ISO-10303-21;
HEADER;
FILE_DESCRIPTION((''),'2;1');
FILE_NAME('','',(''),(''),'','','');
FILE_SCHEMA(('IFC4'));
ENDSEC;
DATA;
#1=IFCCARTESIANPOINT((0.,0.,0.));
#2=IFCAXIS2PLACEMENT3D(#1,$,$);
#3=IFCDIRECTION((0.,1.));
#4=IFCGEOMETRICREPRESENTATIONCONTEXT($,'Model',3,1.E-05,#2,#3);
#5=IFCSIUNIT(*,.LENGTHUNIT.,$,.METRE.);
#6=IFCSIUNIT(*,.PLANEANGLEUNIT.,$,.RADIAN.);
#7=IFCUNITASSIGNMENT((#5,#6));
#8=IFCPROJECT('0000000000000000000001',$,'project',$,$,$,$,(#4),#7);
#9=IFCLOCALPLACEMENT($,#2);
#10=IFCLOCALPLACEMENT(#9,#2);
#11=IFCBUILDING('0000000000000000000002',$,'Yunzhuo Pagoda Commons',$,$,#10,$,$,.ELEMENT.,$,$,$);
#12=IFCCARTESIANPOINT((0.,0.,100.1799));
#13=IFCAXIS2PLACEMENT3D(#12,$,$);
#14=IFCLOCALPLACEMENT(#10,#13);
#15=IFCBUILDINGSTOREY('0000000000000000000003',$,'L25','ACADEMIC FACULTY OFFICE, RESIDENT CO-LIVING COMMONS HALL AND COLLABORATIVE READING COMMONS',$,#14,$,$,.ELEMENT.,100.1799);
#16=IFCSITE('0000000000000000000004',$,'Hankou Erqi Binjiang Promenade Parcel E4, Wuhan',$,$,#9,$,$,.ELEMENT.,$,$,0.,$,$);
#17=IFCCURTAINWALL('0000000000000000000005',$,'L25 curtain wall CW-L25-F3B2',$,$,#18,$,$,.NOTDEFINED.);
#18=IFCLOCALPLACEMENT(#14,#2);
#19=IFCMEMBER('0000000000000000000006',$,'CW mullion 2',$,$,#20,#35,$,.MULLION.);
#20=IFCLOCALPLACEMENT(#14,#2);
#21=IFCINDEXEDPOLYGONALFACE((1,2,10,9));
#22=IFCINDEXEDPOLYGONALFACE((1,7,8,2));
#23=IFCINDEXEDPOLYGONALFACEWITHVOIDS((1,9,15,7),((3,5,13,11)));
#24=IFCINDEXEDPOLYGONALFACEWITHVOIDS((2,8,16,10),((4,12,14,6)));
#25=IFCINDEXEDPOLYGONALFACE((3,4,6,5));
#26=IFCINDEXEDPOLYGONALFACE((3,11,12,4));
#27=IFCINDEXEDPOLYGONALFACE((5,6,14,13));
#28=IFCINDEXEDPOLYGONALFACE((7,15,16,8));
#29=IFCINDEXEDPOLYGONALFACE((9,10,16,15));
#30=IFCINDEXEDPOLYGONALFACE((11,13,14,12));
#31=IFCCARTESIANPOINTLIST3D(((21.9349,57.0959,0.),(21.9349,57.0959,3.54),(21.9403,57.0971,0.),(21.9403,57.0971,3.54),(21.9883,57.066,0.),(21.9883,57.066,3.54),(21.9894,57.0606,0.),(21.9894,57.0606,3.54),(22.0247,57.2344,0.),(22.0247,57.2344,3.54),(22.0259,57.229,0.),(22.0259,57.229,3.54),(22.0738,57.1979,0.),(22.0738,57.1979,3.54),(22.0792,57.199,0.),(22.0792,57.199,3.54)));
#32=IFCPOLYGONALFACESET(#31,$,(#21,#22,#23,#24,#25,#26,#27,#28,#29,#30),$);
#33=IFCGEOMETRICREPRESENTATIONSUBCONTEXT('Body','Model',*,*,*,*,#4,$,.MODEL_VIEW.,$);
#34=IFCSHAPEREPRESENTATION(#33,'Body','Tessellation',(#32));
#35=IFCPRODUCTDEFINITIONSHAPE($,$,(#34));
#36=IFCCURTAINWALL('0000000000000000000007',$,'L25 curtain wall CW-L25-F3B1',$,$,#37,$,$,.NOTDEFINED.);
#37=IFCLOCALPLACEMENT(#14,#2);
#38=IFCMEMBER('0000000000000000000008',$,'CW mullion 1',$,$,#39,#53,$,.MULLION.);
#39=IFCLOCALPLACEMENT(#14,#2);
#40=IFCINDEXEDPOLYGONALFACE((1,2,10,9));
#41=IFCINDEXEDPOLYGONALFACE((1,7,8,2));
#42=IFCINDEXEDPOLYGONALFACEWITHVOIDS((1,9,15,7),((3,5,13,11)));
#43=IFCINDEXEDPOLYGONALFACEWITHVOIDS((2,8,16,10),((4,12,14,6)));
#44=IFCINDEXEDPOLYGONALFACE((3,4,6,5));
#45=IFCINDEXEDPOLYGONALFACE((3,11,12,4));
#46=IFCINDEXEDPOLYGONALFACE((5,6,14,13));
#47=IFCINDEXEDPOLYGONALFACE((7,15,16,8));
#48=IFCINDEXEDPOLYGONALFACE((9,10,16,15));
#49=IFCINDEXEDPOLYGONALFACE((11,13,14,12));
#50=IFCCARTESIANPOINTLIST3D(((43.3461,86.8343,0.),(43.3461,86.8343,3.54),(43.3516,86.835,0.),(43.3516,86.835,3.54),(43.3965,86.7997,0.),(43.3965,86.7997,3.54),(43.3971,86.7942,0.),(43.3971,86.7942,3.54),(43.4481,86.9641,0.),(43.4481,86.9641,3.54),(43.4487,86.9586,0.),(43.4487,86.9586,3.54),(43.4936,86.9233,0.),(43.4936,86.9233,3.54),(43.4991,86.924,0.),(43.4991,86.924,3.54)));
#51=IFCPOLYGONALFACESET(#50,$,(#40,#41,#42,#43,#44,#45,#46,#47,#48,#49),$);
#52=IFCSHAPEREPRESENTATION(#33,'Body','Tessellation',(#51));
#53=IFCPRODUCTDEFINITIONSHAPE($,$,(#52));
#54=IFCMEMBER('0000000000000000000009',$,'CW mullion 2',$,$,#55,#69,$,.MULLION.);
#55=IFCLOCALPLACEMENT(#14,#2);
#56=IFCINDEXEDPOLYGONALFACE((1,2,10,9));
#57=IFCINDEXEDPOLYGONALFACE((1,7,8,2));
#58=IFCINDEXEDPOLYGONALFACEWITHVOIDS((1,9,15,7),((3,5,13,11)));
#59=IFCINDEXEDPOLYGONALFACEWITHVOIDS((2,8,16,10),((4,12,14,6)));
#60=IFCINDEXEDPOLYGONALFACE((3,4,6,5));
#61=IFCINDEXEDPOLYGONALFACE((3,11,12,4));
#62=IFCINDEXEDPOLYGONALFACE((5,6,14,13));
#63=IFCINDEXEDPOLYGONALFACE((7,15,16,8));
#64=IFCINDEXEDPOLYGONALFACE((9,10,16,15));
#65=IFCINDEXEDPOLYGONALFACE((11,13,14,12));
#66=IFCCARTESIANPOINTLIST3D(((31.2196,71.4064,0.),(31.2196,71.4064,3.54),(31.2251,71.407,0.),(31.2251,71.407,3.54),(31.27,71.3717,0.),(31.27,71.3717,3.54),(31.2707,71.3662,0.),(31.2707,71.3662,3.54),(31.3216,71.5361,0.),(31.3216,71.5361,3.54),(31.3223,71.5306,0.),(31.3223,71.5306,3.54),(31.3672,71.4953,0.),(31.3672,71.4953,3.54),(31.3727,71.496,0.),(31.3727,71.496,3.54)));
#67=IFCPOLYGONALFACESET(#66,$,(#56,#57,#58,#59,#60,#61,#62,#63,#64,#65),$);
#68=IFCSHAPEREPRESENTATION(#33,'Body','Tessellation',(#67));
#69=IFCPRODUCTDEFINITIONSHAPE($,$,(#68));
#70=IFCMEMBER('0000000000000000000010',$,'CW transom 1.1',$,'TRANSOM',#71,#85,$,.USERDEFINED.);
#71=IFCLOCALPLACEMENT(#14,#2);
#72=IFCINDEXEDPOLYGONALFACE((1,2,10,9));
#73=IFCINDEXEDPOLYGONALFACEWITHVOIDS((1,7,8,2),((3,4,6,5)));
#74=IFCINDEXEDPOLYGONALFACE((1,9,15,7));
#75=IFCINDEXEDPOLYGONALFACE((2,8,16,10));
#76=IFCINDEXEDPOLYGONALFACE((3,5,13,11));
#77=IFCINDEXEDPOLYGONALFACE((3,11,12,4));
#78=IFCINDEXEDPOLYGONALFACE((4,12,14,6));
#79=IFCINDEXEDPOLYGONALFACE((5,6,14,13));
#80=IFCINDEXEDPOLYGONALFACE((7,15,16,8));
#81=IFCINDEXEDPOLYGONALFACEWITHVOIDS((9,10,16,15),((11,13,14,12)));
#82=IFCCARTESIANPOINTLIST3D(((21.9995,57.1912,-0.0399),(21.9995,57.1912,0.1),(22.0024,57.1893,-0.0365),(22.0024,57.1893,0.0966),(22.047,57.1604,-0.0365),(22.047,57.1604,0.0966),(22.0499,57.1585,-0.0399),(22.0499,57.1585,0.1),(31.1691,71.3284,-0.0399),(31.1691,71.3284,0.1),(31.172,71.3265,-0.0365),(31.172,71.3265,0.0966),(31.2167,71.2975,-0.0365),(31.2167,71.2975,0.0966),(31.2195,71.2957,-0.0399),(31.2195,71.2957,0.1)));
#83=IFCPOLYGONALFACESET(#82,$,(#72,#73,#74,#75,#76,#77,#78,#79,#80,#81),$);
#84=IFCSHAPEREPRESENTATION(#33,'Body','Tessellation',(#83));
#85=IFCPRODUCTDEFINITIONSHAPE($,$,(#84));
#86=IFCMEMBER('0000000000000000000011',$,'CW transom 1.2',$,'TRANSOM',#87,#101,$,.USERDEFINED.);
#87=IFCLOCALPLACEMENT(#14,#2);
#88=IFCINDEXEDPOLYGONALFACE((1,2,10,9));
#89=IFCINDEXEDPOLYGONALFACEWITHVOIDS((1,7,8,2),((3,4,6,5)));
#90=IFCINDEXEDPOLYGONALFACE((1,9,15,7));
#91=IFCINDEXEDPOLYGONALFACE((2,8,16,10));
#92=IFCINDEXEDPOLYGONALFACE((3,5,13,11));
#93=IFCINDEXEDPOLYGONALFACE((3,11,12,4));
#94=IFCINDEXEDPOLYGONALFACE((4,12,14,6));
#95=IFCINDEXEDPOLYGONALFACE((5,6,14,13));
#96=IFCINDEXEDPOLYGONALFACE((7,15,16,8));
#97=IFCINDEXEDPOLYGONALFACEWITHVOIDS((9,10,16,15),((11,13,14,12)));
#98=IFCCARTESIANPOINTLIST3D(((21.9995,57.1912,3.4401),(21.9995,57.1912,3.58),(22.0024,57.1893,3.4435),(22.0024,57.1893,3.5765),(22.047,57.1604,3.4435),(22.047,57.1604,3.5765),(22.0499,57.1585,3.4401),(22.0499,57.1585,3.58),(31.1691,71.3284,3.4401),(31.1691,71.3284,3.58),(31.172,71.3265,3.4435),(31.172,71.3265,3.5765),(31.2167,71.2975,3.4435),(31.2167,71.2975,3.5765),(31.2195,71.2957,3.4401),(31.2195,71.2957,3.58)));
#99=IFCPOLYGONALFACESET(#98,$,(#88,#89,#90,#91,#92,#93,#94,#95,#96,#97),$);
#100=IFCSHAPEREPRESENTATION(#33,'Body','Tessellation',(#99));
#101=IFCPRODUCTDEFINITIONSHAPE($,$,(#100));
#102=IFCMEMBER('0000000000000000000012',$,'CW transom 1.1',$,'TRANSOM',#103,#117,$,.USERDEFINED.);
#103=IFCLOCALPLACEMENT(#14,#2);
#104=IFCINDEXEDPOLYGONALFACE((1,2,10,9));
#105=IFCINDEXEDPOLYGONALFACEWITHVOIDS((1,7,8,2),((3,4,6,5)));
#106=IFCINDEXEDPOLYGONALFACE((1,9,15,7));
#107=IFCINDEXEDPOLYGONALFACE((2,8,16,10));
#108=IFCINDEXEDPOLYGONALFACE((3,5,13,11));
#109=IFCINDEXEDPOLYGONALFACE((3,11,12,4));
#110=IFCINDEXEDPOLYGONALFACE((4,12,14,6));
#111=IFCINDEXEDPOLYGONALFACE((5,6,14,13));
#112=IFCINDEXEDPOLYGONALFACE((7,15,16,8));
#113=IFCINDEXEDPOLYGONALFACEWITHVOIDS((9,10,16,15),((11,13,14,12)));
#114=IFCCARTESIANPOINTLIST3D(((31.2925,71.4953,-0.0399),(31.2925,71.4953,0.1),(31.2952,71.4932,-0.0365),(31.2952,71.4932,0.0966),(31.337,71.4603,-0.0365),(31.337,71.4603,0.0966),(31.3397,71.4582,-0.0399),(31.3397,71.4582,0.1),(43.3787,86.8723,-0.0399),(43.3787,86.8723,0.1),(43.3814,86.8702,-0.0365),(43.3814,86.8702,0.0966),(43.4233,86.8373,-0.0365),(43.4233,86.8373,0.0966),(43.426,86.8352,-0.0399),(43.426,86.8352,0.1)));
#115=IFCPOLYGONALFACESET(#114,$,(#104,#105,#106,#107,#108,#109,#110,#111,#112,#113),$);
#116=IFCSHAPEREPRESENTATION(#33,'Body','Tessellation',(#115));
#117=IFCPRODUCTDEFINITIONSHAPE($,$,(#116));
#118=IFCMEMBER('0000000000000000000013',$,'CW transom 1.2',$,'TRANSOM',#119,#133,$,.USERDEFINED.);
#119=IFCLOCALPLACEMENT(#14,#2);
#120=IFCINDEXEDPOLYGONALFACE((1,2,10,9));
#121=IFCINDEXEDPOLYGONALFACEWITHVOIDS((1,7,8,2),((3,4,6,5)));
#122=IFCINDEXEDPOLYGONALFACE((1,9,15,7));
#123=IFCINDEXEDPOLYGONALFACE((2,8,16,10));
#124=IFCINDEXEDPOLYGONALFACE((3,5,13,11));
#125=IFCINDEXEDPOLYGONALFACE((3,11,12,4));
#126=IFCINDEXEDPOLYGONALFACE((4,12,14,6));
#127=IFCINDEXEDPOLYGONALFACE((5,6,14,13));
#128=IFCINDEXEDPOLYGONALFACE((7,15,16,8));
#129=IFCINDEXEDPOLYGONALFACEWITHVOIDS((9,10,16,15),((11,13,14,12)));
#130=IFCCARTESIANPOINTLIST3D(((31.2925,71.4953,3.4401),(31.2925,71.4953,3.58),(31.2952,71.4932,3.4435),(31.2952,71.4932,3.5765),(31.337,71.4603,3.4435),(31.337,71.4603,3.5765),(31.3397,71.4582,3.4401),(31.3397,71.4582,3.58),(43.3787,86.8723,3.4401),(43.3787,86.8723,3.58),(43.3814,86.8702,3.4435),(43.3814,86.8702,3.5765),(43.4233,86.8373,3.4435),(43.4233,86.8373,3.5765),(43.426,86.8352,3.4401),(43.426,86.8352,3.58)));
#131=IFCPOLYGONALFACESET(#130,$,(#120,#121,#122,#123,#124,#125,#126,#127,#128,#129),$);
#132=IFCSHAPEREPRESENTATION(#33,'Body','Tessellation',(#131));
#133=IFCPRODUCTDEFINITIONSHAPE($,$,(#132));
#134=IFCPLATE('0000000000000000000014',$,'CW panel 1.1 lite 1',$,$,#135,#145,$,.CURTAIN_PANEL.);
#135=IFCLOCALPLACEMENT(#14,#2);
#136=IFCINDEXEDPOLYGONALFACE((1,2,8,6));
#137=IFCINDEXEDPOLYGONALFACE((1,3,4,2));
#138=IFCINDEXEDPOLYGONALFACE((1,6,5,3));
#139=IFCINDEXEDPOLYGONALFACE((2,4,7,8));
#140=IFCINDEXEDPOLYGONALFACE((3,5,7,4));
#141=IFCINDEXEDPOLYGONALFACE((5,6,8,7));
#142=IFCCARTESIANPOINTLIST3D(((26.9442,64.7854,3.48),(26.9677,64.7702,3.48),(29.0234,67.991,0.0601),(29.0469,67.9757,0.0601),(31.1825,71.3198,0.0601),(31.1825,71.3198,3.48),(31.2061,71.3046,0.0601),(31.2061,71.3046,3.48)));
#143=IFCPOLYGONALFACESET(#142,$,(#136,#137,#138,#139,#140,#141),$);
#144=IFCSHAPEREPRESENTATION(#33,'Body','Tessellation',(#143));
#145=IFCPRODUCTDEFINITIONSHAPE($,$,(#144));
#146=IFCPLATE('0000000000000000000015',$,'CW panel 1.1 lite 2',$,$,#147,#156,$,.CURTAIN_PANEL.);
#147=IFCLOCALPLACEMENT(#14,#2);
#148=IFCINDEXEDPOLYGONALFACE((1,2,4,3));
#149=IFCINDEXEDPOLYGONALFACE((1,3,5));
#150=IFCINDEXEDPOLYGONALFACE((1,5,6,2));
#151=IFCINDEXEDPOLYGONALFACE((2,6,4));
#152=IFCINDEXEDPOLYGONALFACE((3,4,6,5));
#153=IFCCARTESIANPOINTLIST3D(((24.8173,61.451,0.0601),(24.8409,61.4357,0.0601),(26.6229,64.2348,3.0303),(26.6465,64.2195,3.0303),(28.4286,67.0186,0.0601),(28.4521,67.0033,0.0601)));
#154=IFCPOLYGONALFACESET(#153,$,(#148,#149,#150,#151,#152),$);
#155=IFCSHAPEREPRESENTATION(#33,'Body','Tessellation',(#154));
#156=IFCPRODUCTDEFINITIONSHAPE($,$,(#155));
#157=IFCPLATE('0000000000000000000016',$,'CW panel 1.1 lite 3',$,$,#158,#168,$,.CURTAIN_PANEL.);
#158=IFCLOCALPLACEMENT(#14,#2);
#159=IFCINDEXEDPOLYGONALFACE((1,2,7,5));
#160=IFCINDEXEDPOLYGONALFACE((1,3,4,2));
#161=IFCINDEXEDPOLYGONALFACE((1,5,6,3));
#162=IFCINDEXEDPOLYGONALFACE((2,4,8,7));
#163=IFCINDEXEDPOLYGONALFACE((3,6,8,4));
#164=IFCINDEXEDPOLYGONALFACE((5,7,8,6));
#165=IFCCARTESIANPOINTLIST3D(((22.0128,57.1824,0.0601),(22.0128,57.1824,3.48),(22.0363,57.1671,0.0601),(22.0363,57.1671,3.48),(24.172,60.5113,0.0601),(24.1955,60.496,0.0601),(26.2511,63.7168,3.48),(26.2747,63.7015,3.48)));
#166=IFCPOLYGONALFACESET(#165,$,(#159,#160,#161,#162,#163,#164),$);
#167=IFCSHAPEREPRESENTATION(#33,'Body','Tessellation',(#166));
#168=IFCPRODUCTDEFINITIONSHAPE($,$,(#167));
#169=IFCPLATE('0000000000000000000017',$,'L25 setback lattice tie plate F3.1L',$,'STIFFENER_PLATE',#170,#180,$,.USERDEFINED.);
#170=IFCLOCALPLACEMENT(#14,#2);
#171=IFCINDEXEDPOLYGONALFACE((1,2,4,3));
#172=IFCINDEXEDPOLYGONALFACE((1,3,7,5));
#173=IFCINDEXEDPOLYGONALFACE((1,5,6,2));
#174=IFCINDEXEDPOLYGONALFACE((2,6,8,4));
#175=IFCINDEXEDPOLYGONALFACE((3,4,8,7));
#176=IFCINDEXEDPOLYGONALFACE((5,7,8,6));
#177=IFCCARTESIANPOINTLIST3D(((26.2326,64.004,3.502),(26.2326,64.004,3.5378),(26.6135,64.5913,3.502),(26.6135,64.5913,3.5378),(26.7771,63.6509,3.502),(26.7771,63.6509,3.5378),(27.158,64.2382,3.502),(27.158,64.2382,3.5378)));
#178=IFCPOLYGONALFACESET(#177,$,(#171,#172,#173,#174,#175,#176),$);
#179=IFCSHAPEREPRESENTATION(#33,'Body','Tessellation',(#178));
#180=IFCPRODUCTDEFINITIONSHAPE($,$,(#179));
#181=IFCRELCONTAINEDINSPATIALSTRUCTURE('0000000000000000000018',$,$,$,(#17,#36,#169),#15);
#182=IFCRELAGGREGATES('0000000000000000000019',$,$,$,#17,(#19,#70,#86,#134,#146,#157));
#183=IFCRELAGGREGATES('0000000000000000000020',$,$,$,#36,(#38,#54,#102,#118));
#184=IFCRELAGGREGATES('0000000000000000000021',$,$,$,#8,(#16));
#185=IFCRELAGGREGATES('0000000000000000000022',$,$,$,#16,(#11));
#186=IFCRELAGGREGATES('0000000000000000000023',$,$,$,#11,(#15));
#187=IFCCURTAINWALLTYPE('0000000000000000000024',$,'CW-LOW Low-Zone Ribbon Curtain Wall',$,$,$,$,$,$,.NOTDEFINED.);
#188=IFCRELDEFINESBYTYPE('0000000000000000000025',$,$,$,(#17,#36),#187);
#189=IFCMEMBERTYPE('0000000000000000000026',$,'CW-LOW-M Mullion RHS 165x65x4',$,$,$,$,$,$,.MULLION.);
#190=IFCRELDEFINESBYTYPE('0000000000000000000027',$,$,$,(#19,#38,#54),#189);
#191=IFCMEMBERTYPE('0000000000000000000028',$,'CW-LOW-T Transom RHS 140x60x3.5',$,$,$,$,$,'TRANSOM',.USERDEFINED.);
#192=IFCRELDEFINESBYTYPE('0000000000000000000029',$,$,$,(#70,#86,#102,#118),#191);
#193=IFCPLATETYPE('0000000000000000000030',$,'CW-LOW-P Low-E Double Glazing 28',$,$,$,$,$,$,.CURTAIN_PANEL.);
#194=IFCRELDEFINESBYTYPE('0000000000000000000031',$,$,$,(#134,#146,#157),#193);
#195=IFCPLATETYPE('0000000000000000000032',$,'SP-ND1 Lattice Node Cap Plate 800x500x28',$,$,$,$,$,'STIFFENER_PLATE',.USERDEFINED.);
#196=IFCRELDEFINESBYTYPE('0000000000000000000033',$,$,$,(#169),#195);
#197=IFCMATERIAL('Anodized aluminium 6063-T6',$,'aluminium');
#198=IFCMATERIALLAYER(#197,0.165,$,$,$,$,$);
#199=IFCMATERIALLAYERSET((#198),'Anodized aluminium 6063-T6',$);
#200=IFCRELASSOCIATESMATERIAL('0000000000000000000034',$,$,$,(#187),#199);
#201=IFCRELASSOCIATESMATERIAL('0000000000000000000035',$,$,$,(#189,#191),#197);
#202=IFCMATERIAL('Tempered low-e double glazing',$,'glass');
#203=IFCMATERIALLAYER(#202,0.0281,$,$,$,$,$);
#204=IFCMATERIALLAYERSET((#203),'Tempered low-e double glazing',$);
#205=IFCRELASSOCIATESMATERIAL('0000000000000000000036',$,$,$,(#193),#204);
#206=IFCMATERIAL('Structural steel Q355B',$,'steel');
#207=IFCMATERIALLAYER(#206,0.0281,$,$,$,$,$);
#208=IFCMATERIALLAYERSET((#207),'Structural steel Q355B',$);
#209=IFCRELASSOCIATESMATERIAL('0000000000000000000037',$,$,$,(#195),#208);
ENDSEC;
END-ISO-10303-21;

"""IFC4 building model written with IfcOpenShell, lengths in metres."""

from ifc_helpers import new_model, si_unit, direction, frame, origin, origin_2d, place, context, subcontext, project, spatial, polyline, rectangle, hollow_rectangle, outline, extrude, source, transform, mapped, material, layer, layer_set, material_profile, profile_set, type_object, element, aggregate, save


model = new_model("IFC4")

# Units and contexts
model_context = context("Model", 3, precision=1e-05, world=origin(), true_north=direction((0.0, 1.0)))
body_context = subcontext(model_context, "Body", "Model", "MODEL_VIEW")
ifc_project = project(units=[si_unit("LENGTHUNIT", "METRE"), si_unit("PLANEANGLEUNIT", "RADIAN")], contexts=[model_context])

# Site, building, storey
site_placement = place(None, origin())
site = spatial("IfcSite", under=ifc_project, at=site_placement, Name="Hankou Erqi Binjiang Promenade Parcel E4, Wuhan", CompositionType="ELEMENT", RefElevation=0.0)
building_placement = place(site_placement, origin())
building = spatial("IfcBuilding", under=site, at=building_placement, Name="Yunzhuo Pagoda Commons", CompositionType="ELEMENT")
storey_placement = place(building_placement, frame((0.0, 0.0, 100.1799)))
storey = spatial("IfcBuildingStorey", under=building, at=storey_placement, Name="L25", Description="ACADEMIC FACULTY OFFICE, RESIDENT CO-LIVING COMMONS HALL AND COLLABORATIVE READING COMMONS", CompositionType="ELEMENT", Elevation=100.1799)

# Shared definitions
ifc_material_1 = material(Name="Structural steel Q355B", Category="steel")

# Curtain walls, members
ifc_material_2 = material(Name="Anodized aluminium 6063-T6", Category="aluminium")
ifc_layer_1 = layer(ifc_material_2, 0.165)
ifc_layer_set_1 = layer_set([ifc_layer_1], Name="Anodized aluminium 6063-T6")
curtain_wall_type = type_object("IfcCurtainWallType", Name="CW-LOW Low-Zone Ribbon Curtain Wall", PredefinedType="NOTDEFINED", material=ifc_layer_set_1)
curtain_wall_1_placement = place(storey_placement, origin())
curtain_wall_1 = element("IfcCurtainWall", 1, at=curtain_wall_1_placement, inside=storey, type_object=curtain_wall_type, Name="L25 curtain wall CW-L25-F3B2", PredefinedType="NOTDEFINED")
ifc_material_profile_1 = material_profile(ifc_material_2, hollow_rectangle(XDim=0.0649, YDim=0.165, WallThickness=0.0039, at=origin_2d()), Name="Anodized aluminium 6063-T6")
ifc_profile_set_1 = profile_set([ifc_material_profile_1], Name="Anodized aluminium 6063-T6")
member_type_1 = type_object("IfcMemberType", Name="CW-LOW-M Mullion RHS 165x65x4", PredefinedType="MULLION", material=ifc_profile_set_1)
shared_shape_1 = source(origin(), body_context, "Body", "SweptSolid", [
    extrude(hollow_rectangle(XDim=0.0649, YDim=0.165, WallThickness=0.0039, at=origin_2d()), origin(), (0.0, 0.0, 1.0), 3.54),
])
member_1_placement = place(storey_placement, frame((22.0071, 57.1475, 0.0), z_axis=(0.0, 0.0, 1.0), x_axis=(0.838972, -0.544174, 0.0)))
member_1 = element("IfcMember", 2, at=member_1_placement, type_object=member_type_1, Name="CW mullion 2", PredefinedType="MULLION", context=body_context, shape_type="MappedRepresentation", body=[
    mapped(shared_shape_1, transform((0.0, 0.0, 0.0), scale=1.0)),
])
curtain_wall_2_placement = place(storey_placement, origin())
curtain_wall_2 = element("IfcCurtainWall", 3, at=curtain_wall_2_placement, inside=storey, type_object=curtain_wall_type, Name="L25 curtain wall CW-L25-F3B1", PredefinedType="NOTDEFINED")
member_2_placement = place(storey_placement, frame((43.4226, 86.8792, 0.0), z_axis=(0.0, 0.0, 1.0), x_axis=(0.786215, -0.617953, 0.0)))
member_2 = element("IfcMember", 4, at=member_2_placement, type_object=member_type_1, Name="CW mullion 1", PredefinedType="MULLION", context=body_context, shape_type="MappedRepresentation", body=[
    mapped(shared_shape_1, transform((0.0, 0.0, 0.0), scale=1.0)),
])
member_3_placement = place(storey_placement, frame((31.2961, 71.4512, 0.0), z_axis=(0.0, 0.0, 1.0), x_axis=(0.786215, -0.617953, 0.0)))
member_3 = element("IfcMember", 5, at=member_3_placement, type_object=member_type_1, Name="CW mullion 2", PredefinedType="MULLION", context=body_context, shape_type="MappedRepresentation", body=[
    mapped(shared_shape_1, transform((0.0, 0.0, 0.0), scale=1.0)),
])

# Members
ifc_material_profile_2 = material_profile(ifc_material_2, hollow_rectangle(XDim=0.0601, YDim=0.1399, WallThickness=0.0034, at=origin_2d()), Name="Anodized aluminium 6063-T6")
ifc_profile_set_2 = profile_set([ifc_material_profile_2], Name="Anodized aluminium 6063-T6")
member_type_2 = type_object("IfcMemberType", Name="CW-LOW-T Transom RHS 140x60x3.5", ElementType="TRANSOM", PredefinedType="USERDEFINED", material=ifc_profile_set_2)
shared_shape_2 = source(origin(), body_context, "Body", "SweptSolid", [
    extrude(hollow_rectangle(XDim=0.0601, YDim=0.1399, WallThickness=0.0034, at=origin_2d()), origin(), (0.0, 0.0, 1.0), 16.8506),
])
member_4_placement = place(storey_placement, frame((31.1943, 71.312, 0.03), z_axis=(-0.544174, -0.838972, 0.0), x_axis=(0.838972, -0.544174, 0.0)))
member_4 = element("IfcMember", 6, at=member_4_placement, type_object=member_type_2, Name="CW transom 1.1", ObjectType="TRANSOM", PredefinedType="USERDEFINED", context=body_context, shape_type="MappedRepresentation", body=[
    mapped(shared_shape_2, transform((0.0, 0.0, 0.0), scale=1.0)),
])
member_5_placement = place(storey_placement, frame((31.1943, 71.312, 3.51), z_axis=(-0.544174, -0.838972, 0.0), x_axis=(0.838972, -0.544174, 0.0)))
member_5 = element("IfcMember", 7, at=member_5_placement, type_object=member_type_2, Name="CW transom 1.2", ObjectType="TRANSOM", PredefinedType="USERDEFINED", context=body_context, shape_type="MappedRepresentation", body=[
    mapped(shared_shape_2, transform((0.0, 0.0, 0.0), scale=1.0)),
])
shared_shape_3 = source(origin(), body_context, "Body", "SweptSolid", [
    extrude(hollow_rectangle(XDim=0.0601, YDim=0.1399, WallThickness=0.0034, at=origin_2d()), origin(), (0.0, 0.0, 1.0), 19.5583),
])
member_6_placement = place(storey_placement, frame((43.4023, 86.8538, 0.03), z_axis=(-0.617957, -0.786212, 0.0), x_axis=(0.786212, -0.617957, 0.0)))
member_6 = element("IfcMember", 8, at=member_6_placement, type_object=member_type_2, Name="CW transom 1.1", ObjectType="TRANSOM", PredefinedType="USERDEFINED", context=body_context, shape_type="MappedRepresentation", body=[
    mapped(shared_shape_3, transform((0.0, 0.0, 0.0), scale=1.0)),
])
member_7_placement = place(storey_placement, frame((43.4023, 86.8538, 3.51), z_axis=(-0.617957, -0.786212, 0.0), x_axis=(0.786212, -0.617957, 0.0)))
member_7 = element("IfcMember", 9, at=member_7_placement, type_object=member_type_2, Name="CW transom 1.2", ObjectType="TRANSOM", PredefinedType="USERDEFINED", context=body_context, shape_type="MappedRepresentation", body=[
    mapped(shared_shape_3, transform((0.0, 0.0, 0.0), scale=1.0)),
])

# Plates
ifc_material_3 = material(Name="Tempered low-e double glazing", Category="glass")
ifc_layer_2 = layer(ifc_material_3, 0.0281)
ifc_layer_set_2 = layer_set([ifc_layer_2], Name="Tempered low-e double glazing")
plate_type_1 = type_object("IfcPlateType", Name="CW-LOW-P Low-E Double Glazing 28", PredefinedType="CURTAIN_PANEL", material=ifc_layer_set_2)
plate_1_placement = place(storey_placement, frame((29.0869, 68.0374, 1.77), z_axis=(-0.838972, 0.544174, 0.0), x_axis=(-0.544174, -0.838972, 0.0)))
plate_1 = element("IfcPlate", 10, at=plate_1_placement, type_object=plate_type_1, Name="CW panel 1.1 lite 1", PredefinedType="CURTAIN_PANEL", context=body_context, shape_type="SweptSolid", body=[
    extrude(outline(polyline([(-3.8943, -1.71), (0.0735, -1.71), (3.8943, 1.71), (-3.8943, 1.71), (-3.8943, -1.71)])), origin(), (0.0, 0.0, 1.0), 0.0281),
])
plate_2_placement = place(storey_placement, frame((26.6465, 64.2195, 1.5452), z_axis=(-0.838972, 0.544174, 0.0), x_axis=(-0.544174, -0.838972, 0.0)))
plate_2 = element("IfcPlate", 11, at=plate_2_placement, type_object=plate_type_1, Name="CW panel 1.1 lite 2", PredefinedType="CURTAIN_PANEL", context=body_context, shape_type="SweptSolid", body=[
    extrude(outline(polyline([(-3.3181, -1.4851), (3.3181, -1.4851), (0.0, 1.4851), (-3.3181, -1.4851)])), origin(), (0.0, 0.0, 1.0), 0.0281),
])
plate_3_placement = place(storey_placement, frame((24.1555, 60.4343, 1.77), z_axis=(-0.838972, 0.544174, 0.0), x_axis=(-0.544174, -0.838972, 0.0)))
plate_3 = element("IfcPlate", 12, at=plate_3_placement, type_object=plate_type_1, Name="CW panel 1.1 lite 3", PredefinedType="CURTAIN_PANEL", context=body_context, shape_type="SweptSolid", body=[
    extrude(outline(polyline([(-3.8943, 1.71), (-0.0735, -1.71), (3.8943, -1.71), (3.8943, 1.71), (-3.8943, 1.71)])), origin(), (0.0, 0.0, 1.0), 0.0281),
])
aggregate(curtain_wall_1, [member_1, member_4, member_5, plate_1, plate_2, plate_3])
ifc_layer_3 = layer(ifc_material_1, 0.0281)
ifc_layer_set_3 = layer_set([ifc_layer_3], Name="Structural steel Q355B")
plate_type_2 = type_object("IfcPlateType", Name="SP-ND1 Lattice Node Cap Plate 800x500x28", ElementType="STIFFENER_PLATE", PredefinedType="USERDEFINED", material=ifc_layer_set_3)
shared_shape_4 = source(origin(), body_context, "Body", "SweptSolid", [
    extrude(rectangle(XDim=0.7, YDim=0.6489, at=origin_2d()), origin(), (0.0, 0.0, 1.0), 0.0359),
])
plate_4_placement = place(storey_placement, frame((26.6953, 64.1211, 3.502), z_axis=(0.0, 0.0, 1.0), x_axis=(-0.544171, -0.838975, 0.0)))
element("IfcPlate", 13, at=plate_4_placement, inside=storey, type_object=plate_type_2, Name="L25 setback lattice tie plate F3.1L", ObjectType="STIFFENER_PLATE", PredefinedType="USERDEFINED", context=body_context, shape_type="MappedRepresentation", body=[
    mapped(shared_shape_4, transform((0.0, 0.0, 0.0), scale=1.0)),
])
aggregate(curtain_wall_2, [member_2, member_3, member_6, member_7])

save(model, "model.ifc")
